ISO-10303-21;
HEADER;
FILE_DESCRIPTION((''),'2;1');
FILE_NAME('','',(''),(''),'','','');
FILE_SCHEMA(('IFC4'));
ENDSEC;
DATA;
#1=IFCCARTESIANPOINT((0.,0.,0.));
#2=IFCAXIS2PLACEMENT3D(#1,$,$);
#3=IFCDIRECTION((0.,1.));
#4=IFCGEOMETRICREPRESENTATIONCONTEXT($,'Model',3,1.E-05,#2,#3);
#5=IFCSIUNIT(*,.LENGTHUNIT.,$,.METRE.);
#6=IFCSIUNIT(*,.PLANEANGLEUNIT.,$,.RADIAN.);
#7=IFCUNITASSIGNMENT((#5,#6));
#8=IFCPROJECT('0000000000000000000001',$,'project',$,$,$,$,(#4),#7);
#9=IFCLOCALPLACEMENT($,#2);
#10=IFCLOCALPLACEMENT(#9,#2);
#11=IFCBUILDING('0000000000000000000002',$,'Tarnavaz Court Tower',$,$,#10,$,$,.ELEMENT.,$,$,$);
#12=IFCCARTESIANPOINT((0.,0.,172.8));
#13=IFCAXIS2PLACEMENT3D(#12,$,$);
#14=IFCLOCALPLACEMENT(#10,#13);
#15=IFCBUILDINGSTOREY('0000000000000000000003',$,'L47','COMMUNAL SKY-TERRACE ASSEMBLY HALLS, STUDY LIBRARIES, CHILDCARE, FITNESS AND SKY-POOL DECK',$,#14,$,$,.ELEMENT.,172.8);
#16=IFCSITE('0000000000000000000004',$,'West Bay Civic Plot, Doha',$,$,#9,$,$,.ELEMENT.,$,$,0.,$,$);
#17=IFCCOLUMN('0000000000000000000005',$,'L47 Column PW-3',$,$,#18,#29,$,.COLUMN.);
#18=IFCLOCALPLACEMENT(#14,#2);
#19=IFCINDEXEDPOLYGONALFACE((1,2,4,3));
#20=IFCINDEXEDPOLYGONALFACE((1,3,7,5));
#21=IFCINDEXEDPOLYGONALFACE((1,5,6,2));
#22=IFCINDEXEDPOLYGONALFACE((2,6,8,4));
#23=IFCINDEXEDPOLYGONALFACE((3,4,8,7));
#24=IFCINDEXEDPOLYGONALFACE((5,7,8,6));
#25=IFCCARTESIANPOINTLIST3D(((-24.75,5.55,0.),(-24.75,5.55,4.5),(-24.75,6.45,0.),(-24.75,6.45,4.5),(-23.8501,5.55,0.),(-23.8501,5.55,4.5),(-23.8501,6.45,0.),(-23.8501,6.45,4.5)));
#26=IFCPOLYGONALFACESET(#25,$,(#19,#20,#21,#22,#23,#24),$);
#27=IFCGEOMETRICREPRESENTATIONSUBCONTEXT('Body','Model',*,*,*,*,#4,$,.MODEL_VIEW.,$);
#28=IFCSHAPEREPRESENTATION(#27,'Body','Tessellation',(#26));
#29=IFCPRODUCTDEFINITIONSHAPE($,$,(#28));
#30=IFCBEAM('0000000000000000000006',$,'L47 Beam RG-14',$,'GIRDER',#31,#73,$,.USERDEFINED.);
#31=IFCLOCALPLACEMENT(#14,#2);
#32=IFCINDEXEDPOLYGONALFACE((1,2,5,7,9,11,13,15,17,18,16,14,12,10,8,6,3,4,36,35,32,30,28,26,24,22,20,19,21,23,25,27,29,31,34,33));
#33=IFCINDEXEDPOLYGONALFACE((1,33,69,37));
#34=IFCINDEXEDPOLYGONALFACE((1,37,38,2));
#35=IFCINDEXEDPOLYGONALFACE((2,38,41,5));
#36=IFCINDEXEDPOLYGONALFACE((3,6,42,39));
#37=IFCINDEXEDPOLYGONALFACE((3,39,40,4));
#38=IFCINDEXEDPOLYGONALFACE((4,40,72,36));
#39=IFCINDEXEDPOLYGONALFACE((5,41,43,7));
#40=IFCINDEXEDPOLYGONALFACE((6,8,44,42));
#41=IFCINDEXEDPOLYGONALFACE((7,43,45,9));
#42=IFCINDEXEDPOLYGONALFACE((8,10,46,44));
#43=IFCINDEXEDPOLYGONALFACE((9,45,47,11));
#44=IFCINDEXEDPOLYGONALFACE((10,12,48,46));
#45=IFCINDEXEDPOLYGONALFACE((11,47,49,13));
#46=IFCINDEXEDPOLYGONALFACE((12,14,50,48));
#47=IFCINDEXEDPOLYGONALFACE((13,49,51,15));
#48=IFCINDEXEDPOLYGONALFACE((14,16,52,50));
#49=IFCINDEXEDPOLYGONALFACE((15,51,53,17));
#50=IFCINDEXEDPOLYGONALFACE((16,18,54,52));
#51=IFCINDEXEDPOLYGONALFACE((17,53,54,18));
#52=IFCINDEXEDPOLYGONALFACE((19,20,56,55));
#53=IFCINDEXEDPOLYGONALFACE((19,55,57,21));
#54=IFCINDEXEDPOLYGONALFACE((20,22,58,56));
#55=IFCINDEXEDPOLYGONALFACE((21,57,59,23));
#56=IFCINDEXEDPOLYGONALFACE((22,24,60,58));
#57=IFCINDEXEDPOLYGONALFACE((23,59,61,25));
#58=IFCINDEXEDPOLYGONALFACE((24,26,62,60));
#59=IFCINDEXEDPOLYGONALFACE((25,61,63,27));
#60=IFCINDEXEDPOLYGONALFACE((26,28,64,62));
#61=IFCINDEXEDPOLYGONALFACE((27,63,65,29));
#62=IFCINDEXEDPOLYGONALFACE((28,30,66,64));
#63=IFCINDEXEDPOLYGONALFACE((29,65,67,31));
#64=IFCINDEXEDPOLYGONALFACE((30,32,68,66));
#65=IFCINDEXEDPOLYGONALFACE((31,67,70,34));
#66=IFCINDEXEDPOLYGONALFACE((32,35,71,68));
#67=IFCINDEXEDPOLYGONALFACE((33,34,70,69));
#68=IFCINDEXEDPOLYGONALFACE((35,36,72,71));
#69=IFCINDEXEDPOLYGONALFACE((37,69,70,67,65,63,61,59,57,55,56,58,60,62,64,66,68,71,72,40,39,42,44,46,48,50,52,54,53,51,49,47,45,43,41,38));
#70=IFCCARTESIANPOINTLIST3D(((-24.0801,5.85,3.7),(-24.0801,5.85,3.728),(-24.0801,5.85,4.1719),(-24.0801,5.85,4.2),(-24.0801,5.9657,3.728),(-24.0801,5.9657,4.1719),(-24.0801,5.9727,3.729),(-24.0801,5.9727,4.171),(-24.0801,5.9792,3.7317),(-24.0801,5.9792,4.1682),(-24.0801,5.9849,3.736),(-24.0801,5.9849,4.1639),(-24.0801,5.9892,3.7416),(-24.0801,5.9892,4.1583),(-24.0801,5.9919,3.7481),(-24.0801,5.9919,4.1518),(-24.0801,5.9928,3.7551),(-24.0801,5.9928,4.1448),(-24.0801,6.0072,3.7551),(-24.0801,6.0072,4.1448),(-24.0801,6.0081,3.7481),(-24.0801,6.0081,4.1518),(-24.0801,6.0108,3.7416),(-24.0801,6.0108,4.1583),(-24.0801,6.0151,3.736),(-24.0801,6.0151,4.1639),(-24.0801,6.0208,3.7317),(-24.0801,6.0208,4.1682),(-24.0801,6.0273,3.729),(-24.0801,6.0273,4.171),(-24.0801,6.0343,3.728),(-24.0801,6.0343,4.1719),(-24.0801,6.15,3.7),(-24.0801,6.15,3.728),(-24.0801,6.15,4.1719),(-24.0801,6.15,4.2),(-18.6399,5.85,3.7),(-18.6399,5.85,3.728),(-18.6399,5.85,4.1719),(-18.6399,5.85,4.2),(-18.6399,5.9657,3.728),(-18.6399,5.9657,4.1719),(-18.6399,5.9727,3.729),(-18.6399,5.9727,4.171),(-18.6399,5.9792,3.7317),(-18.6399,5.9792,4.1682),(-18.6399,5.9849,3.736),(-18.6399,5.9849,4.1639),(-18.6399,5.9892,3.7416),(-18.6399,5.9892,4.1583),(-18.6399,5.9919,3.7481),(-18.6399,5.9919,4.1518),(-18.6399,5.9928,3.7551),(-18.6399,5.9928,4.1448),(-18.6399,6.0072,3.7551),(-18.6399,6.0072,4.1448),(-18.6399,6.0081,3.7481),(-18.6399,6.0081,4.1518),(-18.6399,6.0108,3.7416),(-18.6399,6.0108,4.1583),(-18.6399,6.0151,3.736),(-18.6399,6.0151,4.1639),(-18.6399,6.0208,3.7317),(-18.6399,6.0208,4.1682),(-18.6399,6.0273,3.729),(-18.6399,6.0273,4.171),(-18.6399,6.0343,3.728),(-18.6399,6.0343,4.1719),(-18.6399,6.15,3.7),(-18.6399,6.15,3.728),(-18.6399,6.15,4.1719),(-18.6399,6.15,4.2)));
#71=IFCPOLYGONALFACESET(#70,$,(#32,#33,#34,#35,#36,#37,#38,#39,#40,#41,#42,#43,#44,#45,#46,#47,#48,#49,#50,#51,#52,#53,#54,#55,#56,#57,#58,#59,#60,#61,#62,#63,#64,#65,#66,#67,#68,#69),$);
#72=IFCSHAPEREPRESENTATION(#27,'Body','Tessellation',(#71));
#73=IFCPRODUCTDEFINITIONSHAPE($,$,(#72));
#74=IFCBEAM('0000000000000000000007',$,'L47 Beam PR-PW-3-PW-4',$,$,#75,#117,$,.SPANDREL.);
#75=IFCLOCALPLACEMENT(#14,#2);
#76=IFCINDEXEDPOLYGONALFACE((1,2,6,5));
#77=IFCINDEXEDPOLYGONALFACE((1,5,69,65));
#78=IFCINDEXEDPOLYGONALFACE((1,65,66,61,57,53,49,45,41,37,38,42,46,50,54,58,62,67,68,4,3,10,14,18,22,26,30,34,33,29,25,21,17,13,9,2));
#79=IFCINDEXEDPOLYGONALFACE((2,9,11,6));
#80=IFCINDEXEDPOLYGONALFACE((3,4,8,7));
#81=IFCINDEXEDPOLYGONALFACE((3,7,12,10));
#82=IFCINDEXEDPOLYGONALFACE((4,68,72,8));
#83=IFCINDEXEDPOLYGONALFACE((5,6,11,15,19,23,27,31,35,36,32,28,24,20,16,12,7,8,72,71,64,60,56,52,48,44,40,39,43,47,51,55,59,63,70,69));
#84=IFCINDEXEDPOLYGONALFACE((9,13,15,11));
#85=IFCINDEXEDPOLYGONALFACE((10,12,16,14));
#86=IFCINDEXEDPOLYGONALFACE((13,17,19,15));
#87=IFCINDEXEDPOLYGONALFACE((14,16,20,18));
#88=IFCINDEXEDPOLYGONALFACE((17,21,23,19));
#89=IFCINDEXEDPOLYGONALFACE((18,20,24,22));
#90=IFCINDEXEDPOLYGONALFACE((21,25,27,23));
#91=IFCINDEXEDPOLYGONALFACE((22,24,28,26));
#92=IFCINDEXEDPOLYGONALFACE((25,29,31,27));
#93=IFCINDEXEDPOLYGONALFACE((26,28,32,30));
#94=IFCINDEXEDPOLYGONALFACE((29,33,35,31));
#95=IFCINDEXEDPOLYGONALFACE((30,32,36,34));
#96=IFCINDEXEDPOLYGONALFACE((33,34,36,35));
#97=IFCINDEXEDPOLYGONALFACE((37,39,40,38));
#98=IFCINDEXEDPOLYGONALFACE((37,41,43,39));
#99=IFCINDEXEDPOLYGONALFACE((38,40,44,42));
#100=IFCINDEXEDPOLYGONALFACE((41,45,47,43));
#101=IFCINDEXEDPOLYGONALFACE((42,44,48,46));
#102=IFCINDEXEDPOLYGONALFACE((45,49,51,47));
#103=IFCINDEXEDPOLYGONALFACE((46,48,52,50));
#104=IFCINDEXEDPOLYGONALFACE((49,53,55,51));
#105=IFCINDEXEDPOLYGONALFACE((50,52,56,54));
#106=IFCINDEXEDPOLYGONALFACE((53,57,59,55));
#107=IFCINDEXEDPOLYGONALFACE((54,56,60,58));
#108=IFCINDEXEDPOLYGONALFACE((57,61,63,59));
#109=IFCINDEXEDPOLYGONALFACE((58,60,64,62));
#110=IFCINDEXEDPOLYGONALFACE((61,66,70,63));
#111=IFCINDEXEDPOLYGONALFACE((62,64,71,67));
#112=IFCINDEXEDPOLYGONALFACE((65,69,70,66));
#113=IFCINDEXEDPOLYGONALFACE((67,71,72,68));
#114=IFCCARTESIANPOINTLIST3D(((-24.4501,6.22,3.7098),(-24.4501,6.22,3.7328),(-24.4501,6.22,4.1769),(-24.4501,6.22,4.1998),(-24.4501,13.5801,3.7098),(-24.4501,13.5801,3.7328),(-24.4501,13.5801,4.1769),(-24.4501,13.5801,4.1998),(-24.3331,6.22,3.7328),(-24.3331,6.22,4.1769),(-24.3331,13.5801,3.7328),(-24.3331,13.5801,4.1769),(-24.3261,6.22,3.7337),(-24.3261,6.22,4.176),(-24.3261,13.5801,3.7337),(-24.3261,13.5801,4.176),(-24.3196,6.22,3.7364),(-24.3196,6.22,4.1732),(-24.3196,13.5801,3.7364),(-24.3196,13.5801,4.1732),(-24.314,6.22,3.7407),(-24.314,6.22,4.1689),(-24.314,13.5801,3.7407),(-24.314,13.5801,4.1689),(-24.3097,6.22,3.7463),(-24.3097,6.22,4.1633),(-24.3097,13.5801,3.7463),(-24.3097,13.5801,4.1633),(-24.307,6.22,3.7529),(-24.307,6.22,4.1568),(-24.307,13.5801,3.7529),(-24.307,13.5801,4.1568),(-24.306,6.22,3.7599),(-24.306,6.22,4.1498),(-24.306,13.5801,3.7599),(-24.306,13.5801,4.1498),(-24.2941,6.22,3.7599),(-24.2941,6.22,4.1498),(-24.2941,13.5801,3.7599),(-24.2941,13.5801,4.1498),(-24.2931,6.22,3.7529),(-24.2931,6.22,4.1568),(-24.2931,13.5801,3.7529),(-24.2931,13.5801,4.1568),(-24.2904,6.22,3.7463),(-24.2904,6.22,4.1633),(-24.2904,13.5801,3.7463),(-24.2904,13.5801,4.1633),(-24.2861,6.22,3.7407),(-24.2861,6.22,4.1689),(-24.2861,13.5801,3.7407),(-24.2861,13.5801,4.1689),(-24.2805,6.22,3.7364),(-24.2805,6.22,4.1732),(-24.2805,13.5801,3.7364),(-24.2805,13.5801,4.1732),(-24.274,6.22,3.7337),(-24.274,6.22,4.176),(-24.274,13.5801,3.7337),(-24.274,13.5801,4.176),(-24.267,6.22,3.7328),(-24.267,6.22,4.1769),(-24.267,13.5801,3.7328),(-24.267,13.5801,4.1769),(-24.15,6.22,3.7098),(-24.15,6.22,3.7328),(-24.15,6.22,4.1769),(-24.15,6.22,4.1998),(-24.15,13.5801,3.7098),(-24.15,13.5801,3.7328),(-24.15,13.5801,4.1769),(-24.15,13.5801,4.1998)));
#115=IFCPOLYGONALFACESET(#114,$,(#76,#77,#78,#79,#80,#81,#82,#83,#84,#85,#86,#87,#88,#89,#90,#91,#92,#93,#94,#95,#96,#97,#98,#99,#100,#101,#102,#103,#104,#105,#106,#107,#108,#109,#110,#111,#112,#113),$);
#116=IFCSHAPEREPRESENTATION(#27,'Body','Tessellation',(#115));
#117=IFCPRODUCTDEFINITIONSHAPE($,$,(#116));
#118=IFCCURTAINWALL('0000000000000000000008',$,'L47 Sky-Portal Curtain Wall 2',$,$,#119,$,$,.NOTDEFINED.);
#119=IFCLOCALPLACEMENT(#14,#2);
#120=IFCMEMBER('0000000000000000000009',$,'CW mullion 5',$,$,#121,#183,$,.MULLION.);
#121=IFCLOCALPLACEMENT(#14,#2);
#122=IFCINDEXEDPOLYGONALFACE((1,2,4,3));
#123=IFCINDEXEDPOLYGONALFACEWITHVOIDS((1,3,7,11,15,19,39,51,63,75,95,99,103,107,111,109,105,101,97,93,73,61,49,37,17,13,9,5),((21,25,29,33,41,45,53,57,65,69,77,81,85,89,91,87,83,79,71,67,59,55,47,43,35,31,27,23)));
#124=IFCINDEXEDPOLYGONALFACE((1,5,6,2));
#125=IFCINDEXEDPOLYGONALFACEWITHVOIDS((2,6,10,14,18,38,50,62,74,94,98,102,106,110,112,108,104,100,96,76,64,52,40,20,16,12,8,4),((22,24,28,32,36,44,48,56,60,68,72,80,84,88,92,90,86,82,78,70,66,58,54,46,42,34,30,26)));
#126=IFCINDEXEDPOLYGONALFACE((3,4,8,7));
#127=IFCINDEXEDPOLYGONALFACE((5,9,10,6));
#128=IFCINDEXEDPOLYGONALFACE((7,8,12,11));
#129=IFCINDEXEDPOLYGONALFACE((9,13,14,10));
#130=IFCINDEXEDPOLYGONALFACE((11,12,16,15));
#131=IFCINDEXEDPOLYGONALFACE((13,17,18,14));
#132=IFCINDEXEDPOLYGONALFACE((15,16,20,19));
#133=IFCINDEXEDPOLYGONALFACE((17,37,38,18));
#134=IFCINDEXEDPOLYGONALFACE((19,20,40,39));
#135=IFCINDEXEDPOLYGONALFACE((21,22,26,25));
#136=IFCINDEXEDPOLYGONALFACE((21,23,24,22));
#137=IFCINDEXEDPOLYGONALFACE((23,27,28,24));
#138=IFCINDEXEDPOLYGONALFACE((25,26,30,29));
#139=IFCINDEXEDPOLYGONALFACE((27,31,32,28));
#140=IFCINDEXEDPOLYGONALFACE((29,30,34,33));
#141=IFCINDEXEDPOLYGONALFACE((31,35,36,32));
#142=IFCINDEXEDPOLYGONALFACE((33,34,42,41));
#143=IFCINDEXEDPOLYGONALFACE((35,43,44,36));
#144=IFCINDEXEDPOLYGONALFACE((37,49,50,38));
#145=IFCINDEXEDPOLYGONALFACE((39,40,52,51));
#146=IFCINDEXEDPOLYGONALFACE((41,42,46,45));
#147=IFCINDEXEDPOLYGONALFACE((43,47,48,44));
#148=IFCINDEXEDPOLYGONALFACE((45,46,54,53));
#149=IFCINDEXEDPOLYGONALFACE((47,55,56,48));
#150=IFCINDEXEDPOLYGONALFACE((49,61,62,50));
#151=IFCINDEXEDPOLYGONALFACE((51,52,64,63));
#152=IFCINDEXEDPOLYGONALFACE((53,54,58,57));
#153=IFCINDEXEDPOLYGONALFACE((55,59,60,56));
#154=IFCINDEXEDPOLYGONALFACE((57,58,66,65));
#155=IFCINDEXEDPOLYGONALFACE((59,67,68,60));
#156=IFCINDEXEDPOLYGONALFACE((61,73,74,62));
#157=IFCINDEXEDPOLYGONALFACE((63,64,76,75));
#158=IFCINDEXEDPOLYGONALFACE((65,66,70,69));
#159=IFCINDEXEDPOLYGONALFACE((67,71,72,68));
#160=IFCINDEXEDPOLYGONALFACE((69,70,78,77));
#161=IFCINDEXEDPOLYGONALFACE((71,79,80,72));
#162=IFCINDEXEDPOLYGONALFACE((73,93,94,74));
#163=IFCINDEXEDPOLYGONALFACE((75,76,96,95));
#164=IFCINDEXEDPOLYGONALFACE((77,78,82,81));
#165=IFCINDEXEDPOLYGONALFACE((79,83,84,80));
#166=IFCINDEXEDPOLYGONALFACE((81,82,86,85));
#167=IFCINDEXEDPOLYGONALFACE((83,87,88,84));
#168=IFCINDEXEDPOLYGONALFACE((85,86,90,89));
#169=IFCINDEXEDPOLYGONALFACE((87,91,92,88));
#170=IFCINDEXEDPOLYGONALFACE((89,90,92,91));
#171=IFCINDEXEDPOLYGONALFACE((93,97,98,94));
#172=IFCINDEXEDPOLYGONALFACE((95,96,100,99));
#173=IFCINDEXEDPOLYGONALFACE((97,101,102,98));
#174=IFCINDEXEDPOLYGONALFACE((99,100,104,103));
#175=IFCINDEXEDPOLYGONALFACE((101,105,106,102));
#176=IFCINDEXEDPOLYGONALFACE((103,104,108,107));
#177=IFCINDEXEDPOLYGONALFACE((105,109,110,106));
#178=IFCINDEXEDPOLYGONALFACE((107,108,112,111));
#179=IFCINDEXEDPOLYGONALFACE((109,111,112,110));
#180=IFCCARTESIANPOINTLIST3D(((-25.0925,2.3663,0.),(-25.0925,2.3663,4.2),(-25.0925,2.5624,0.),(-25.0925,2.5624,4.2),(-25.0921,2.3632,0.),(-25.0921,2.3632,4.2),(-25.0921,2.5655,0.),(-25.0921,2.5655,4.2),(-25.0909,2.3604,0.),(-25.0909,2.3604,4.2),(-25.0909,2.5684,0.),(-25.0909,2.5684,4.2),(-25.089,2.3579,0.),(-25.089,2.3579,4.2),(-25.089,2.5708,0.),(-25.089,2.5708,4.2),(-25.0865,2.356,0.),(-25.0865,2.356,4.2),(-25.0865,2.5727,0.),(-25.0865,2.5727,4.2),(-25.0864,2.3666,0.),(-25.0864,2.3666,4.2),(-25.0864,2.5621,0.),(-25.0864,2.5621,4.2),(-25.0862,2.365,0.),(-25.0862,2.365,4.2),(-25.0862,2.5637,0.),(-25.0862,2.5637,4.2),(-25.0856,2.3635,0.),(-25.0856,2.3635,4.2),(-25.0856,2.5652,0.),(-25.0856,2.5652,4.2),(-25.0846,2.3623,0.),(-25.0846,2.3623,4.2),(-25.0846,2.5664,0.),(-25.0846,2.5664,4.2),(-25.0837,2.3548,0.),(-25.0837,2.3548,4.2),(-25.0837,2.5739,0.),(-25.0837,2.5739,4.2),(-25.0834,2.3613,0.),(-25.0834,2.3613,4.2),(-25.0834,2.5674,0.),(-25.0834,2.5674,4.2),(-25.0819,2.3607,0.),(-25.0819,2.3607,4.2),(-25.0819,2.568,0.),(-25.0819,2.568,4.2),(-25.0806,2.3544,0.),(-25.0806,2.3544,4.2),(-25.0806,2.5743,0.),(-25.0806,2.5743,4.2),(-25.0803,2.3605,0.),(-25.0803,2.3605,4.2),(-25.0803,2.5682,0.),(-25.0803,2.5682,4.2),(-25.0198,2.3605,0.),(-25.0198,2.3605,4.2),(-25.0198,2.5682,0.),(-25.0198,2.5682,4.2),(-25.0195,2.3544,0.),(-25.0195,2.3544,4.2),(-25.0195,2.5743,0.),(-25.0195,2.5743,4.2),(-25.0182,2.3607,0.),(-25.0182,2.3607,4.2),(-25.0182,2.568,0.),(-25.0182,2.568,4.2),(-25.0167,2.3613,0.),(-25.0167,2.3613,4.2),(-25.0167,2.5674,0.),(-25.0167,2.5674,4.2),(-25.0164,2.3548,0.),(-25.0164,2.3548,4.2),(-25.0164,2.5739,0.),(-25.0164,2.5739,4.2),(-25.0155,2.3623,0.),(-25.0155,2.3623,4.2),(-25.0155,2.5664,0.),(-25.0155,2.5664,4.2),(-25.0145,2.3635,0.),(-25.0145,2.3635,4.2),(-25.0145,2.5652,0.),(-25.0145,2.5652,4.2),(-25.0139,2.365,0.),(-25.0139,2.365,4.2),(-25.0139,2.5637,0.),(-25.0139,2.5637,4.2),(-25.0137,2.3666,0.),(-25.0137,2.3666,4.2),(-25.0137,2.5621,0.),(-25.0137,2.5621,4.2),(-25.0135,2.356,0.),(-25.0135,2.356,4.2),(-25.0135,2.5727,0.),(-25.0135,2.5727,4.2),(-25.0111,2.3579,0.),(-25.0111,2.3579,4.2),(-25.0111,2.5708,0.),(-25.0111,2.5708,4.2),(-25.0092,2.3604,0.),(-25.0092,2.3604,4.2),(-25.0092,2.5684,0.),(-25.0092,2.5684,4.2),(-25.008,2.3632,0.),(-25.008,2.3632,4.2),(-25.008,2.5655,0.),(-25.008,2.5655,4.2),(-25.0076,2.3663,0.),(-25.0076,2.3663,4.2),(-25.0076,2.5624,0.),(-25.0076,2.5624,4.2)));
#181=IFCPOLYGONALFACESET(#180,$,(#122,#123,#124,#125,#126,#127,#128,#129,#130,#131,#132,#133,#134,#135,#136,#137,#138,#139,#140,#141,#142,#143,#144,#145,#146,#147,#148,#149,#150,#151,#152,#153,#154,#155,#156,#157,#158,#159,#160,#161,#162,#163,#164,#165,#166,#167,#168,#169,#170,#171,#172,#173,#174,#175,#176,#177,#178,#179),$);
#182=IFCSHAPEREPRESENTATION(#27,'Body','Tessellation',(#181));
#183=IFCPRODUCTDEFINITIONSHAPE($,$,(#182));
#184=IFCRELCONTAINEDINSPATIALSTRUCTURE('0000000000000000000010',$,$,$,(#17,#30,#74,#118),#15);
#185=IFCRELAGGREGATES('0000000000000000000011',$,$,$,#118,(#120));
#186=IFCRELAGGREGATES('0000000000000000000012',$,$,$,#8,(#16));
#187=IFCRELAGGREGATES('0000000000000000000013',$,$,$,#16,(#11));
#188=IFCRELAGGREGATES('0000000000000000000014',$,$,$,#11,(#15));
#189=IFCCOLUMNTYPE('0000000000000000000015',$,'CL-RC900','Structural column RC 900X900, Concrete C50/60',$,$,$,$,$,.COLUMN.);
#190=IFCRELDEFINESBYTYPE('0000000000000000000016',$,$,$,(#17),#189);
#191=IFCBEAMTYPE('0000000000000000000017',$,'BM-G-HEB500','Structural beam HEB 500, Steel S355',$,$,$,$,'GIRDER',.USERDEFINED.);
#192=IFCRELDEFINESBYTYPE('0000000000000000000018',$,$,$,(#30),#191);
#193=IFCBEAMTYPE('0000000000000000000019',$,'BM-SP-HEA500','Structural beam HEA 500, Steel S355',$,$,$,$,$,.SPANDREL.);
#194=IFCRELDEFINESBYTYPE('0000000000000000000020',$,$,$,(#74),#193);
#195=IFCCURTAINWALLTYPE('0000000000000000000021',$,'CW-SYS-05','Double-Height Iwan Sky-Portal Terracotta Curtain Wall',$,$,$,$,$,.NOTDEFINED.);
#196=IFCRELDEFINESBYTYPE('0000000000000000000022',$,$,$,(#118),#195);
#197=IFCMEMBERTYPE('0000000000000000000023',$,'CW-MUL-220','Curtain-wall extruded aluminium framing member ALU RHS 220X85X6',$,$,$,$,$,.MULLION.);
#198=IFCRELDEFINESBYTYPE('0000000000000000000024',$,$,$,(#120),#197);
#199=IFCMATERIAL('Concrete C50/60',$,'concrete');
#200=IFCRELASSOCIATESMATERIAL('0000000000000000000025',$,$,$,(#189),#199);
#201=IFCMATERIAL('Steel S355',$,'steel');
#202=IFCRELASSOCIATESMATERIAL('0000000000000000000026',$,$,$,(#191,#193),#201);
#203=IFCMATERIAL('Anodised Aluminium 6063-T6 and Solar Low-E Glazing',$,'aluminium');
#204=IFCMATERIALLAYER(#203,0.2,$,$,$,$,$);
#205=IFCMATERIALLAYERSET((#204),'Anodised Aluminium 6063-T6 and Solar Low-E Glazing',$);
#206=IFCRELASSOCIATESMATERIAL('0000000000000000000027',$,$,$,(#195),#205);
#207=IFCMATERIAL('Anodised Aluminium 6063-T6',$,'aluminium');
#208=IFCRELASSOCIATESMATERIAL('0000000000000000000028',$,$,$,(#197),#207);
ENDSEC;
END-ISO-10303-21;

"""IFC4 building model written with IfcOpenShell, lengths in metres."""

from ifc_helpers import new_model, si_unit, direction, frame, origin, origin_2d, place, context, subcontext, project, spatial, rectangle, hollow_rectangle, i_section, extrude, material, layer, layer_set, material_profile, profile_set, type_object, element, aggregate, save


model = new_model("IFC4")

# Units and contexts
model_context = context("Model", 3, precision=1e-05, world=origin(), true_north=direction((0.0, 1.0)))
body_context = subcontext(model_context, "Body", "Model", "MODEL_VIEW")
ifc_project = project(units=[si_unit("LENGTHUNIT", "METRE"), si_unit("PLANEANGLEUNIT", "RADIAN")], contexts=[model_context])

# Site, building, storey
site_placement = place(None, origin())
site = spatial("IfcSite", under=ifc_project, at=site_placement, Name="West Bay Civic Plot, Doha", CompositionType="ELEMENT", RefElevation=0.0)
building_placement = place(site_placement, origin())
building = spatial("IfcBuilding", under=site, at=building_placement, Name="Tarnavaz Court Tower", CompositionType="ELEMENT")
storey_placement = place(building_placement, frame((0.0, 0.0, 172.8)))
storey = spatial("IfcBuildingStorey", under=building, at=storey_placement, Name="L47", Description="COMMUNAL SKY-TERRACE ASSEMBLY HALLS, STUDY LIBRARIES, CHILDCARE, FITNESS AND SKY-POOL DECK", CompositionType="ELEMENT", Elevation=172.8)

# Column
ifc_material_1 = material(Name="Concrete C50/60", Category="concrete")
ifc_material_profile_1 = material_profile(ifc_material_1, rectangle(XDim=0.8999, YDim=0.8999, at=origin_2d()), Name="RC 900X900")
ifc_profile_set_1 = profile_set([ifc_material_profile_1], Name="Concrete C50/60")
column_type = type_object("IfcColumnType", Name="CL-RC900", Description="Structural column RC 900X900, Concrete C50/60", PredefinedType="COLUMN", material=ifc_profile_set_1)
column_placement = place(storey_placement, frame((-24.3, 6.0, 0.0), z_axis=(0.0, 0.0, 1.0), x_axis=(1.0, 0.0, 0.0)))
element("IfcColumn", 1, at=column_placement, inside=storey, type_object=column_type, Name="L47 Column PW-3", PredefinedType="COLUMN", context=body_context, shape_type="SweptSolid", body=[
    extrude(rectangle(XDim=0.8999, YDim=0.8999, at=origin_2d()), origin(), (0.0, 0.0, 1.0), 4.5),
])

# Beams
ifc_material_2 = material(Name="Steel S355", Category="steel")
ifc_material_profile_2 = material_profile(ifc_material_2, i_section(OverallWidth=0.3, OverallDepth=0.5, WebThickness=0.0144, FlangeThickness=0.0281, FilletRadius=0.0271, at=origin_2d()), Name="HEB 500")
ifc_profile_set_2 = profile_set([ifc_material_profile_2], Name="Steel S355")
beam_type_1 = type_object("IfcBeamType", Name="BM-G-HEB500", Description="Structural beam HEB 500, Steel S355", ElementType="GIRDER", PredefinedType="USERDEFINED", material=ifc_profile_set_2)
beam_1_placement = place(storey_placement, frame((-18.6399, 6.0, 3.95), z_axis=(-1.0, 0.0, 0.0), x_axis=(0.0, -1.0, 0.0)))
element("IfcBeam", 2, at=beam_1_placement, inside=storey, type_object=beam_type_1, Name="L47 Beam RG-14", ObjectType="GIRDER", PredefinedType="USERDEFINED", context=body_context, shape_type="SweptSolid", body=[
    extrude(i_section(OverallWidth=0.3, OverallDepth=0.5, WebThickness=0.0144, FlangeThickness=0.0281, FilletRadius=0.0271, at=origin_2d()), origin(), (0.0, 0.0, 1.0), 5.4402),
])
ifc_material_profile_3 = material_profile(ifc_material_2, i_section(OverallWidth=0.3, OverallDepth=0.49, WebThickness=0.012, FlangeThickness=0.0229, FilletRadius=0.0271, at=origin_2d()), Name="HEA 500")
ifc_profile_set_3 = profile_set([ifc_material_profile_3], Name="Steel S355")
beam_type_2 = type_object("IfcBeamType", Name="BM-SP-HEA500", Description="Structural beam HEA 500, Steel S355", PredefinedType="SPANDREL", material=ifc_profile_set_3)
beam_2_placement = place(storey_placement, frame((-24.3, 6.22, 3.9548), z_axis=(0.0, 1.0, 0.0), x_axis=(-1.0, 0.0, 0.0)))
element("IfcBeam", 3, at=beam_2_placement, inside=storey, type_object=beam_type_2, Name="L47 Beam PR-PW-3-PW-4", PredefinedType="SPANDREL", context=body_context, shape_type="SweptSolid", body=[
    extrude(i_section(OverallWidth=0.3, OverallDepth=0.49, WebThickness=0.012, FlangeThickness=0.0229, FilletRadius=0.0271, at=origin_2d()), origin(), (0.0, 0.0, 1.0), 7.3601),
])

# Curtain wall, member
ifc_material_3 = material(Name="Anodised Aluminium 6063-T6 and Solar Low-E Glazing", Category="aluminium")
ifc_layer_1 = layer(ifc_material_3, 0.2)
ifc_layer_set_1 = layer_set([ifc_layer_1], Name="Anodised Aluminium 6063-T6 and Solar Low-E Glazing")
curtain_wall_type = type_object("IfcCurtainWallType", Name="CW-SYS-05", Description="Double-Height Iwan Sky-Portal Terracotta Curtain Wall", PredefinedType="NOTDEFINED", material=ifc_layer_set_1)
curtain_wall_placement = place(storey_placement, origin())
curtain_wall = element("IfcCurtainWall", 4, at=curtain_wall_placement, inside=storey, type_object=curtain_wall_type, Name="L47 Sky-Portal Curtain Wall 2", PredefinedType="NOTDEFINED")
ifc_material_4 = material(Name="Anodised Aluminium 6063-T6", Category="aluminium")
ifc_material_profile_4 = material_profile(ifc_material_4, hollow_rectangle(XDim=0.085, YDim=0.22, WallThickness=0.0061, InnerFilletRadius=0.0061, OuterFilletRadius=0.012, at=origin_2d()), Name="ALU RHS 220X85X6")
ifc_profile_set_4 = profile_set([ifc_material_profile_4], Name="Anodised Aluminium 6063-T6")
member_type_1 = type_object("IfcMemberType", Name="CW-MUL-220", Description="Curtain-wall extruded aluminium framing member ALU RHS 220X85X6", PredefinedType="MULLION", material=ifc_profile_set_4)
member_1_placement = place(storey_placement, frame((-25.05, 2.4644, 0.0), z_axis=(0.0, 0.0, 1.0), x_axis=(-1.0, 0.0, 0.0)))
member_1 = element("IfcMember", 5, at=member_1_placement, type_object=member_type_1, Name="CW mullion 5", PredefinedType="MULLION", context=body_context, shape_type="SweptSolid", body=[
    extrude(hollow_rectangle(XDim=0.085, YDim=0.22, WallThickness=0.0061, InnerFilletRadius=0.0061, OuterFilletRadius=0.012, at=origin_2d()), origin(), (0.0, 0.0, 1.0), 4.2),
])
aggregate(curtain_wall, [member_1])

save(model, "model.ifc")
